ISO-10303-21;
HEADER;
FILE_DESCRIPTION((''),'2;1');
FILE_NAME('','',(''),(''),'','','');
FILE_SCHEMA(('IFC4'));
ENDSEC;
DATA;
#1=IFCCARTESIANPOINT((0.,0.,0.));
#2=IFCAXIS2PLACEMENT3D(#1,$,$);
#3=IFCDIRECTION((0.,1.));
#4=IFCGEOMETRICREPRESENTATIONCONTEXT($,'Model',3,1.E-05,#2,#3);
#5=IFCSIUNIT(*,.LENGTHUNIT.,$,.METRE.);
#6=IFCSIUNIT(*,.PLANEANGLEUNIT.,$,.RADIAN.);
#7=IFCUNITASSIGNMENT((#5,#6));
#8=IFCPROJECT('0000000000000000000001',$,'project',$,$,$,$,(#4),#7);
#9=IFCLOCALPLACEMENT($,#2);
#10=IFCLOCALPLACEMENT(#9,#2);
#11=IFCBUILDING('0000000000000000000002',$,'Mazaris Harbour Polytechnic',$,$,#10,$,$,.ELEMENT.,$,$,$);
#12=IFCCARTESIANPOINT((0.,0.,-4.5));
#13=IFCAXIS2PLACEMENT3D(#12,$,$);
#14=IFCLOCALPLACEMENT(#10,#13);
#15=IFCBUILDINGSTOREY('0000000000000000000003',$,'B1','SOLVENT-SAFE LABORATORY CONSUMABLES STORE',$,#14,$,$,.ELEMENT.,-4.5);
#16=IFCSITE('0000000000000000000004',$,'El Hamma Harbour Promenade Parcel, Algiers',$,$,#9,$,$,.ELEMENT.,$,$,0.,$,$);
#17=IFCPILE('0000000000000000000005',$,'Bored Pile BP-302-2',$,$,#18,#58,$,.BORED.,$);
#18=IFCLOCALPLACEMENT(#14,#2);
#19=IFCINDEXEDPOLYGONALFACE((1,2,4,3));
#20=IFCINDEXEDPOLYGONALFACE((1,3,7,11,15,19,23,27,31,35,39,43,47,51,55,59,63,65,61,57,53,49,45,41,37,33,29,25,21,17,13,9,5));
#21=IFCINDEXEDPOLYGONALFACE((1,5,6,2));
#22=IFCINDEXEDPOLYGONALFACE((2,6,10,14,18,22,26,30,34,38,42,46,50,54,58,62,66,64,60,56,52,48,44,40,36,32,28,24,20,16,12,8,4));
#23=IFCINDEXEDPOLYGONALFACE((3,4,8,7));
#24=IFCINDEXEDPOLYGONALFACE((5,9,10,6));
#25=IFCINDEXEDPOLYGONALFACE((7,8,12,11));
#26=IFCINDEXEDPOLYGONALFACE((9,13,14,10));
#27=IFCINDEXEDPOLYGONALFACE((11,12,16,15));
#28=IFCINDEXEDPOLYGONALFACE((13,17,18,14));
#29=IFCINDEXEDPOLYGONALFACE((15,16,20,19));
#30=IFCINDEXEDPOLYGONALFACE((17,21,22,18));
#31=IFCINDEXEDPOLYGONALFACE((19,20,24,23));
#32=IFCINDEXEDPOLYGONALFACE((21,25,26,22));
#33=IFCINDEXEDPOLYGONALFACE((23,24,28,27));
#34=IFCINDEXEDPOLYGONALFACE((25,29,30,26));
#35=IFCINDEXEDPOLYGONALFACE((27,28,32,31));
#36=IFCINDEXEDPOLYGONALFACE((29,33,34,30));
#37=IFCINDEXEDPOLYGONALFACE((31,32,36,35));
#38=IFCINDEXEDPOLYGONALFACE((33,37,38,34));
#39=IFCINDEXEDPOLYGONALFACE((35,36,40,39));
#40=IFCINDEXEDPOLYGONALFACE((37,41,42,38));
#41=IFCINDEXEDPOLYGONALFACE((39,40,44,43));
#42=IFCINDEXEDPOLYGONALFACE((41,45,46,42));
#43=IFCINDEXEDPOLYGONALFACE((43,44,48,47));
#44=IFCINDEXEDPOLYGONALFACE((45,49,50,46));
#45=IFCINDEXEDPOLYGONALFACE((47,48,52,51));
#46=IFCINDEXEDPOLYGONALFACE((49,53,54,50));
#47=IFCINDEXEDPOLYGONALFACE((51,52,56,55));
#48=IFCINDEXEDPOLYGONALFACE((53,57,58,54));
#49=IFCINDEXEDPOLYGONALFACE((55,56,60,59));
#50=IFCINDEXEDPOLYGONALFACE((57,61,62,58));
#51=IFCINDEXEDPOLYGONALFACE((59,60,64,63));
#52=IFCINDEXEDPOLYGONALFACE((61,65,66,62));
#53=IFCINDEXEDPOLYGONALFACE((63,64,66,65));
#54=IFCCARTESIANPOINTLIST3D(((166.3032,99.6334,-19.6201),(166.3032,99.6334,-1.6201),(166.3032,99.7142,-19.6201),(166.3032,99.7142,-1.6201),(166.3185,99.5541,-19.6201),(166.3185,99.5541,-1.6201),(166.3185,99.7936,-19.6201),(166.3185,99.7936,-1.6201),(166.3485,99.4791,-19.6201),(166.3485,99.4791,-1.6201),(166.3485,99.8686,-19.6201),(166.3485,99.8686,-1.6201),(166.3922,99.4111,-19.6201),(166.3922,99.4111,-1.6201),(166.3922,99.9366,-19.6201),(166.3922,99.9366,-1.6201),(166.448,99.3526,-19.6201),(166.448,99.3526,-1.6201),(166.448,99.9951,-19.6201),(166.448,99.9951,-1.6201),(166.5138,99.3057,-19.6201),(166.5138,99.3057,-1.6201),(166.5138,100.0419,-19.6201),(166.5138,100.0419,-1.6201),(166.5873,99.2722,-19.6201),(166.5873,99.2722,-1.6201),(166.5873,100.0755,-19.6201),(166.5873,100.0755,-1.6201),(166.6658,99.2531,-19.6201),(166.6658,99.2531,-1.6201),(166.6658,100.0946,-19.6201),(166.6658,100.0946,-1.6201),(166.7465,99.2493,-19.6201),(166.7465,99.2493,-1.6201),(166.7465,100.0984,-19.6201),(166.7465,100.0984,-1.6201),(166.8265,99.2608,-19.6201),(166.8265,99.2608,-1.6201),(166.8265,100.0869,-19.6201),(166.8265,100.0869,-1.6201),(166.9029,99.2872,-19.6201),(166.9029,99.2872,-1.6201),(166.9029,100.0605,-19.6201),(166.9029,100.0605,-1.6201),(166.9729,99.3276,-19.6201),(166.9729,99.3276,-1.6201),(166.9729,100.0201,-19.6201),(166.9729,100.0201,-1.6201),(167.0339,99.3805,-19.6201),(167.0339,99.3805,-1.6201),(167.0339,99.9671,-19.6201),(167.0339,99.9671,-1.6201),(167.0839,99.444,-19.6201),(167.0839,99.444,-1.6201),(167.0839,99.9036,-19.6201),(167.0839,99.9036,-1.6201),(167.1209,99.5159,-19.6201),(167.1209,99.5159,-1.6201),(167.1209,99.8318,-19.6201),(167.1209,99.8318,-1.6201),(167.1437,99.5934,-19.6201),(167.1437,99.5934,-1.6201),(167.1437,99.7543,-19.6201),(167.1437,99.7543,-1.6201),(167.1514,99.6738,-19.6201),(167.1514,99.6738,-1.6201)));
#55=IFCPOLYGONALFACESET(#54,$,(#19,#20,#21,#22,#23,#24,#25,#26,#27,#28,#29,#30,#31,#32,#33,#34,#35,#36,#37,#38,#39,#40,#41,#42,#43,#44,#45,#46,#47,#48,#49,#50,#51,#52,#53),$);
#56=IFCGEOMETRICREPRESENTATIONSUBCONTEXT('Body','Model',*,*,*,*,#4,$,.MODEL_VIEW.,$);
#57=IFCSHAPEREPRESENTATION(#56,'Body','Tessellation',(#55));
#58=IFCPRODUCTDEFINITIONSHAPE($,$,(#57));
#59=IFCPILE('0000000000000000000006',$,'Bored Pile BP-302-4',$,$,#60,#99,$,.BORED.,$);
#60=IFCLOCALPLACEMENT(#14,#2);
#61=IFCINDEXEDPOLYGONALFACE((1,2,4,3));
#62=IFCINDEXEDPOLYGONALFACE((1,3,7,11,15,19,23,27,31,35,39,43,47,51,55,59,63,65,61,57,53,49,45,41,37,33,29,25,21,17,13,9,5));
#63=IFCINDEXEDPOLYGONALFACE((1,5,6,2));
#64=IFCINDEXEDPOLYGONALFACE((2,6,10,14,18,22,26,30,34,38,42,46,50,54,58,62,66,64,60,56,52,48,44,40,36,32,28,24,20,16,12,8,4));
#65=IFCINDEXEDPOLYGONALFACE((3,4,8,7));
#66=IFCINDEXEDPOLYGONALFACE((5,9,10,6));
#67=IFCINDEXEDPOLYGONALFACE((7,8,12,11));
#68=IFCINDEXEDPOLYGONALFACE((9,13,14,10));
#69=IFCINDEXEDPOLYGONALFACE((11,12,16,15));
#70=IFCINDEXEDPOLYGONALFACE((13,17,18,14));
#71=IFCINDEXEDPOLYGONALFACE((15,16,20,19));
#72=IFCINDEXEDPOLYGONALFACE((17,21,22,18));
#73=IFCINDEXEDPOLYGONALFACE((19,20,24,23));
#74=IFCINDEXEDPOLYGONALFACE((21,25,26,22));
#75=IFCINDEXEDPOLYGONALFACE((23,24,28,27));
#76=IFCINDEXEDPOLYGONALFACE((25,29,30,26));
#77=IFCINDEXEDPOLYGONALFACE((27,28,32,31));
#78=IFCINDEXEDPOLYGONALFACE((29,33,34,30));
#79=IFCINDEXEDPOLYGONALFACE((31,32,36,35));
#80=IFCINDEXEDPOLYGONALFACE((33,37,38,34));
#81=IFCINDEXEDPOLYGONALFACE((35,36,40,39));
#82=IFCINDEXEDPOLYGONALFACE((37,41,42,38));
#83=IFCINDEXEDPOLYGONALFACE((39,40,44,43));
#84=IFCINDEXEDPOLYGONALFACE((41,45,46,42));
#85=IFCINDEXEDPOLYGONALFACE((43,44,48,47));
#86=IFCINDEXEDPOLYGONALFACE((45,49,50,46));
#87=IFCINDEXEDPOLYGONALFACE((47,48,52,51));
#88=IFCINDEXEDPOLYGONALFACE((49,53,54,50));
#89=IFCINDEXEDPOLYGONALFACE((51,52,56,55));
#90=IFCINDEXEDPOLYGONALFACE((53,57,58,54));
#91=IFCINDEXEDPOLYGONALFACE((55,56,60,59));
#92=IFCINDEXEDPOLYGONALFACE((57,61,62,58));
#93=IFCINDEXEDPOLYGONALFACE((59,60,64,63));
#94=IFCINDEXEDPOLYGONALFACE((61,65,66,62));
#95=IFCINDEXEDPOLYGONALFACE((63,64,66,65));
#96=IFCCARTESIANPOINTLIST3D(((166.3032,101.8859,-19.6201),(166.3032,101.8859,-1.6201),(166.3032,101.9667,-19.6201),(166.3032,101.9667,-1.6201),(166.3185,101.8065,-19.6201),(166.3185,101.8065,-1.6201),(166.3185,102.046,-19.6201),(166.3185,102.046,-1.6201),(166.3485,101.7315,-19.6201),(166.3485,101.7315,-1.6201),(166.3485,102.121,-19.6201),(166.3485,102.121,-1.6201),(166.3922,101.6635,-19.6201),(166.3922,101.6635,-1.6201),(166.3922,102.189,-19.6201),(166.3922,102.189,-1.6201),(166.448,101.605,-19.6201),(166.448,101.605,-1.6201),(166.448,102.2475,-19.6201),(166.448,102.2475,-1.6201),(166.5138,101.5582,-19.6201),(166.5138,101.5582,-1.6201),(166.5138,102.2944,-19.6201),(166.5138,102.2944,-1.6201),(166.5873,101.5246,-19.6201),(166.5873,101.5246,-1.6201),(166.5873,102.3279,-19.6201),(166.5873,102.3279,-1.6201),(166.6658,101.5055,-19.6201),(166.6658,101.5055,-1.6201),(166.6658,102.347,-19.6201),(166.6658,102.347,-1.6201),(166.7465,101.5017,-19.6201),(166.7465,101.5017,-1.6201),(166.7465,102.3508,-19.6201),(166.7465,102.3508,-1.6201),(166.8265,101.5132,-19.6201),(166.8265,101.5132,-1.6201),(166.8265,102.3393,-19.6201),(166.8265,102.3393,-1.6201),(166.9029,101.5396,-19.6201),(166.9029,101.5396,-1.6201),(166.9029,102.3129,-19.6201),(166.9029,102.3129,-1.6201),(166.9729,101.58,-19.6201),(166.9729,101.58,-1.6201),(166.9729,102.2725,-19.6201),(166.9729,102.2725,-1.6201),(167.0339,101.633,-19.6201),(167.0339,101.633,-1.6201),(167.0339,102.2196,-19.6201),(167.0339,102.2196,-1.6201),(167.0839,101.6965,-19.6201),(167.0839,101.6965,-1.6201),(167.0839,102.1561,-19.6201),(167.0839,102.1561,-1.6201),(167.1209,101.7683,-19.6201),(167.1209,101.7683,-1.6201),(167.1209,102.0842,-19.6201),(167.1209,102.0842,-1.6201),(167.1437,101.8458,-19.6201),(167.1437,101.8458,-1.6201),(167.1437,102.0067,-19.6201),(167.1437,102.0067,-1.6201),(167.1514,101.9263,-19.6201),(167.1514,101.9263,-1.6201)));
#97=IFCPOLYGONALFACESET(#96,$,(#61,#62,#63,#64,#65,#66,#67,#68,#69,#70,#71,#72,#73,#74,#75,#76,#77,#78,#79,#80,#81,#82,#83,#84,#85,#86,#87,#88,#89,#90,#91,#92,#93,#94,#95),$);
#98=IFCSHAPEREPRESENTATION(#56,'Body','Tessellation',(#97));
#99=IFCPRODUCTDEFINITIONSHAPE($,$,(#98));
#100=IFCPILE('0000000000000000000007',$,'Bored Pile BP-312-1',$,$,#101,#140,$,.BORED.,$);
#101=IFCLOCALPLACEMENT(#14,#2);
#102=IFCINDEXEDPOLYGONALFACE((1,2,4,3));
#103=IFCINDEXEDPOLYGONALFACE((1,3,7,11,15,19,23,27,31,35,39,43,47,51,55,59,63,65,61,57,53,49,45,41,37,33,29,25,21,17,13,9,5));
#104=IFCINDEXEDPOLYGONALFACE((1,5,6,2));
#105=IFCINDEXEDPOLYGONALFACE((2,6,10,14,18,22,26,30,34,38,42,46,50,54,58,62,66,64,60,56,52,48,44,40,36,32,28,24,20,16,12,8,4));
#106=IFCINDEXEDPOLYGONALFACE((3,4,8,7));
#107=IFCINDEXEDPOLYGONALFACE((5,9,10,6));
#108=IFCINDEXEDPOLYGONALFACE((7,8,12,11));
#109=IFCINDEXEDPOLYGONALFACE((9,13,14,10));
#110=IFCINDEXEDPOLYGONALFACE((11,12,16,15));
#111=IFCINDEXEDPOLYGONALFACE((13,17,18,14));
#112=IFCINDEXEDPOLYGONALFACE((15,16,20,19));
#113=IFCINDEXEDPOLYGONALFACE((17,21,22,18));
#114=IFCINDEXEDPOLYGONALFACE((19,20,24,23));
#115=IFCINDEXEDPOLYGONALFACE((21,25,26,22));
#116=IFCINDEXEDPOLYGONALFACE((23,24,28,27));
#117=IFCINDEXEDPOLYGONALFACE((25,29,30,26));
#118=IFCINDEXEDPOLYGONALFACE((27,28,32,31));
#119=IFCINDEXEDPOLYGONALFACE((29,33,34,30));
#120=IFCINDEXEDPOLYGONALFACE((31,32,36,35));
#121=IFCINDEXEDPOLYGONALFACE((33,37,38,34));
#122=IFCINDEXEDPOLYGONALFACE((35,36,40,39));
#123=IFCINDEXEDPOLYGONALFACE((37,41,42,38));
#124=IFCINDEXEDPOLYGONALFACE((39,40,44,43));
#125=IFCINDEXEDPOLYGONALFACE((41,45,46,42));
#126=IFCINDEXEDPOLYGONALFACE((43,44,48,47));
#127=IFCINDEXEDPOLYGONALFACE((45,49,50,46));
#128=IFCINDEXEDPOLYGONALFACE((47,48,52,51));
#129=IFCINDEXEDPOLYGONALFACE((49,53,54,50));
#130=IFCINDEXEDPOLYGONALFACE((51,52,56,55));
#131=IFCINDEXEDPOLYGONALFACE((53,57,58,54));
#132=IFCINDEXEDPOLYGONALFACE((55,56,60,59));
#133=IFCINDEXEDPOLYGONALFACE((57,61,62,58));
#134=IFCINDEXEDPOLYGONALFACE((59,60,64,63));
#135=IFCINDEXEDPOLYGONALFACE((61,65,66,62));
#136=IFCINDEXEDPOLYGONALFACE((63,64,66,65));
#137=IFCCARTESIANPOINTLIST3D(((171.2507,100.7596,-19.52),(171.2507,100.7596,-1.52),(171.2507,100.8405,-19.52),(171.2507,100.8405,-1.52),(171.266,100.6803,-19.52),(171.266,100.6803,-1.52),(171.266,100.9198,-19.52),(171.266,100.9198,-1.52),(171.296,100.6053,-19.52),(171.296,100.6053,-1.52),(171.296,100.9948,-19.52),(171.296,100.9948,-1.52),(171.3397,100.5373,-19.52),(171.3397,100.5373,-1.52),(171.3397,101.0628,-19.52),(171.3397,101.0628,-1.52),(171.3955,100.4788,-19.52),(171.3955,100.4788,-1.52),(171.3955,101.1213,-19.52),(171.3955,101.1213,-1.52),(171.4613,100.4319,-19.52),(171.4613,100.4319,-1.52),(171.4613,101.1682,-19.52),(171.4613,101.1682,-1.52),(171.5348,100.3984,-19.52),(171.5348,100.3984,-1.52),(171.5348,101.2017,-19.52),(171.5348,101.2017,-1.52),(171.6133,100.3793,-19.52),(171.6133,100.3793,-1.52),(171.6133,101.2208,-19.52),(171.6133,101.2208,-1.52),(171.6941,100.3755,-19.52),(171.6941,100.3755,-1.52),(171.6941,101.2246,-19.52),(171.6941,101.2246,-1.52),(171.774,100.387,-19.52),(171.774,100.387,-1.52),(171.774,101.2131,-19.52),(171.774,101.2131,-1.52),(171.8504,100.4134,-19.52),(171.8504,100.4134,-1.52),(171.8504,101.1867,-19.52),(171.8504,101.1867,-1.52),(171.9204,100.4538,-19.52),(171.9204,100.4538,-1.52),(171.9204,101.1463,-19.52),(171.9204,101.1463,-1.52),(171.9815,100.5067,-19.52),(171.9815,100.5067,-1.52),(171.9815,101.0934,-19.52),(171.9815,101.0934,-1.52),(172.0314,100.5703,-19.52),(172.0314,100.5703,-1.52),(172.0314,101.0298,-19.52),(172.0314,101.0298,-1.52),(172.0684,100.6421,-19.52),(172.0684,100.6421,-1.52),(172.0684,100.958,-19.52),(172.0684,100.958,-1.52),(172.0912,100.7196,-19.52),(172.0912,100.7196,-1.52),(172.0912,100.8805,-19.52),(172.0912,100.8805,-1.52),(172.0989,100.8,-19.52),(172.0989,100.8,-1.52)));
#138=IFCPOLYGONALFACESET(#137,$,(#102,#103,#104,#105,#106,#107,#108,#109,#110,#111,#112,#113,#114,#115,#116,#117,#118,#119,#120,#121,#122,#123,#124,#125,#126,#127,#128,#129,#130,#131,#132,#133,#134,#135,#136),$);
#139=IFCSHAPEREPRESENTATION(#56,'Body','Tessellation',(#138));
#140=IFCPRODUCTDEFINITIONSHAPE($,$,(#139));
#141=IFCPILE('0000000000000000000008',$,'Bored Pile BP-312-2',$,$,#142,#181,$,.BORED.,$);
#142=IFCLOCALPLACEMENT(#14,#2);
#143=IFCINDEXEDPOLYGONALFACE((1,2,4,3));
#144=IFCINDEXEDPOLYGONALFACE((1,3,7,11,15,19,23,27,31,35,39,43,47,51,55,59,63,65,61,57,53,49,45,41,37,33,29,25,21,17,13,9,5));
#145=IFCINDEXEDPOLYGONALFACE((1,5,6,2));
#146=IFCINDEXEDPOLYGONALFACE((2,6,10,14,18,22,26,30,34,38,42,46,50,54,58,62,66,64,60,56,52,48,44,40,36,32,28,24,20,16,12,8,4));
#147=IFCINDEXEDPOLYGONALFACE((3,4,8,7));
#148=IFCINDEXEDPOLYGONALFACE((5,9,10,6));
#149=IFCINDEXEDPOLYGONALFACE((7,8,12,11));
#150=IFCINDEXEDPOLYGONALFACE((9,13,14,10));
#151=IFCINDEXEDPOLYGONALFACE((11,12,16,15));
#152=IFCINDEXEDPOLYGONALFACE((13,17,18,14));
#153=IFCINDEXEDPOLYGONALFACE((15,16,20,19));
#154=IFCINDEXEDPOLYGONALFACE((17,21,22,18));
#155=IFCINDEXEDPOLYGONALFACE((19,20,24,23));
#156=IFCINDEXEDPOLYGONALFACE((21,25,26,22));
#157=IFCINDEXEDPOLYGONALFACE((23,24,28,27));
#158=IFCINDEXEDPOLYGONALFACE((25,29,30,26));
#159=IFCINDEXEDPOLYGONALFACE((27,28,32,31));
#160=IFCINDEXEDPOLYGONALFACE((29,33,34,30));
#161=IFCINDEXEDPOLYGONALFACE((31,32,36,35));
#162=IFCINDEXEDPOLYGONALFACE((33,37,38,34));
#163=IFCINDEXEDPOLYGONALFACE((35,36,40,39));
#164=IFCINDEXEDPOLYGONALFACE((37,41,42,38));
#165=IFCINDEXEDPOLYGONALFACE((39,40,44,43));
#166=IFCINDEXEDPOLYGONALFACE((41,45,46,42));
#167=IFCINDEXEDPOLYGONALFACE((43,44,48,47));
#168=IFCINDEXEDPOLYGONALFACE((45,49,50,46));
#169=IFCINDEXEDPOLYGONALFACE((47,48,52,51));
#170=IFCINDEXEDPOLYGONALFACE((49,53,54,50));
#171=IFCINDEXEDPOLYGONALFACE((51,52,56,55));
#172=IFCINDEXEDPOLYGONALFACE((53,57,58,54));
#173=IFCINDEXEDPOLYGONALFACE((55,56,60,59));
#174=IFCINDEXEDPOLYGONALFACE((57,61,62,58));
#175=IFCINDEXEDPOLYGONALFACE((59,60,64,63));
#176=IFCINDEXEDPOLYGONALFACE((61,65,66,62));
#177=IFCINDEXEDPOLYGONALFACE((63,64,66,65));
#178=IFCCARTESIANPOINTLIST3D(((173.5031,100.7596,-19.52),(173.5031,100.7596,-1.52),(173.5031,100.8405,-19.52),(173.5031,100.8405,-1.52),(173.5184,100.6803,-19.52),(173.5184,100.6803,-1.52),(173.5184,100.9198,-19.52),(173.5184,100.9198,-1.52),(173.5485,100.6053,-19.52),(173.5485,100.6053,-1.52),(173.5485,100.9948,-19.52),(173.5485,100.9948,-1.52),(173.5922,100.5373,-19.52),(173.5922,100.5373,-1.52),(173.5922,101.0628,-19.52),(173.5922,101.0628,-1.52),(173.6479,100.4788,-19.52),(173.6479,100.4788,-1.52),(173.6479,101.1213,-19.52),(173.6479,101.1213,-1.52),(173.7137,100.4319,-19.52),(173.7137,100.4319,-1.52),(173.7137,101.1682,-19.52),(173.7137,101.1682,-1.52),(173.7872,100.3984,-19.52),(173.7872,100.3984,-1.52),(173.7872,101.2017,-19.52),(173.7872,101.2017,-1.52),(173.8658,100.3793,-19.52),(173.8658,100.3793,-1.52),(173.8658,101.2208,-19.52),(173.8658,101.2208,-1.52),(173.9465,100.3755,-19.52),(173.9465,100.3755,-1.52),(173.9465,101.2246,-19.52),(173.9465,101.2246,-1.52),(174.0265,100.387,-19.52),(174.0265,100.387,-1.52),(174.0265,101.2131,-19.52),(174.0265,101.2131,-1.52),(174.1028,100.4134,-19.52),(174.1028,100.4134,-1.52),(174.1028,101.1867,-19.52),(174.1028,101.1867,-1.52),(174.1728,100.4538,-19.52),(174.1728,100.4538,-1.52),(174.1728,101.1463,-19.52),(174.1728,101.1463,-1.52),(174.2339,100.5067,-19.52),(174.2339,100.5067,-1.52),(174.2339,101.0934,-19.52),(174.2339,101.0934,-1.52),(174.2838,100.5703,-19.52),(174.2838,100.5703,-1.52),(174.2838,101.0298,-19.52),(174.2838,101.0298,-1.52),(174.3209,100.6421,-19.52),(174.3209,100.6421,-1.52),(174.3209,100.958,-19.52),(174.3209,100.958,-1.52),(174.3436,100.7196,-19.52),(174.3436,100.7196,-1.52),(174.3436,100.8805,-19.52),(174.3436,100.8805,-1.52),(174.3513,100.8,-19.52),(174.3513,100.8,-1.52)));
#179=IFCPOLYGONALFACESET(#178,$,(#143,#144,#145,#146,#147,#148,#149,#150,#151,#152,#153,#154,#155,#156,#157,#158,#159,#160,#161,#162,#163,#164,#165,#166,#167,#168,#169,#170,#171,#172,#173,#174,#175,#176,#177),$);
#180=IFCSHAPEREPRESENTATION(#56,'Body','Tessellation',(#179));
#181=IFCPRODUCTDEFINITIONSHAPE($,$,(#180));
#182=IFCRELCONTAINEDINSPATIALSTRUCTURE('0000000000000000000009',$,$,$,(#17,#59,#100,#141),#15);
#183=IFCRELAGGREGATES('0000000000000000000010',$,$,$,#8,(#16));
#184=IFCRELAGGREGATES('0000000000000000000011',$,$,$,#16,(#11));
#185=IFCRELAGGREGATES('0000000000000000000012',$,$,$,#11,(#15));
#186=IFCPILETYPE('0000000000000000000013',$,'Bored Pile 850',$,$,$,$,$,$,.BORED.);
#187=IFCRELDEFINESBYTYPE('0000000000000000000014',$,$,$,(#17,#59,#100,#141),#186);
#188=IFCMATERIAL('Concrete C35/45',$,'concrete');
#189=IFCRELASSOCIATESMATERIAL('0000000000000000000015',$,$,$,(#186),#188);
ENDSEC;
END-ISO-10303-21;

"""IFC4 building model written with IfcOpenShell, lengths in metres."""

from ifc_helpers import new_model, si_unit, direction, frame, origin, origin_2d, place, context, subcontext, project, spatial, circle, extrude, material, material_profile, profile_set, type_object, element, save


model = new_model("IFC4")

# Units and contexts
model_context = context("Model", 3, precision=1e-05, world=origin(), true_north=direction((0.0, 1.0)))
body_context = subcontext(model_context, "Body", "Model", "MODEL_VIEW")
ifc_project = project(units=[si_unit("LENGTHUNIT", "METRE"), si_unit("PLANEANGLEUNIT", "RADIAN")], contexts=[model_context])

# Site, building, storey
site_placement = place(None, origin())
site = spatial("IfcSite", under=ifc_project, at=site_placement, Name="El Hamma Harbour Promenade Parcel, Algiers", CompositionType="ELEMENT", RefElevation=0.0)
building_placement = place(site_placement, origin())
building = spatial("IfcBuilding", under=site, at=building_placement, Name="Mazaris Harbour Polytechnic", CompositionType="ELEMENT")
storey_placement = place(building_placement, frame((0.0, 0.0, -4.5)))
storey = spatial("IfcBuildingStorey", under=building, at=storey_placement, Name="B1", Description="SOLVENT-SAFE LABORATORY CONSUMABLES STORE", CompositionType="ELEMENT", Elevation=-4.5)

# Piles
ifc_material_1 = material(Name="Concrete C35/45", Category="concrete")
ifc_material_profile_1 = material_profile(ifc_material_1, circle(Radius=0.425, at=origin_2d()), Name="DIA850")
ifc_profile_set_1 = profile_set([ifc_material_profile_1], Name="Concrete C35/45")
pile_type_1 = type_object("IfcPileType", Name="Bored Pile 850", PredefinedType="BORED", material=ifc_profile_set_1)
for number, where, z_axis, x_axis, name in (
    (1, (166.7263, 99.6738, -1.6201), (0.0, 0.0, -1.0), (1.0, 0.0, 0.0), "Bored Pile BP-302-2"),
    (2, (166.7263, 101.9263, -1.6201), (0.0, 0.0, -1.0), (1.0, 0.0, 0.0), "Bored Pile BP-302-4"),
    (3, (171.6738, 100.8, -1.52), (0.0, 0.0, -1.0), (1.0, 0.0, 0.0), "Bored Pile BP-312-1"),
    (4, (173.9263, 100.8, -1.52), (0.0, 0.0, -1.0), (1.0, 0.0, 0.0), "Bored Pile BP-312-2"),
):
    element("IfcPile", number, at=place(storey_placement, frame(where, z_axis=z_axis, x_axis=x_axis)), inside=storey, type_object=pile_type_1, Name=name, PredefinedType="BORED", context=body_context, shape_type="SweptSolid", body=[
        extrude(circle(Radius=0.425, at=origin_2d()), origin(), (0.0, 0.0, 1.0), 18.0),
    ])

save(model, "model.ifc")
